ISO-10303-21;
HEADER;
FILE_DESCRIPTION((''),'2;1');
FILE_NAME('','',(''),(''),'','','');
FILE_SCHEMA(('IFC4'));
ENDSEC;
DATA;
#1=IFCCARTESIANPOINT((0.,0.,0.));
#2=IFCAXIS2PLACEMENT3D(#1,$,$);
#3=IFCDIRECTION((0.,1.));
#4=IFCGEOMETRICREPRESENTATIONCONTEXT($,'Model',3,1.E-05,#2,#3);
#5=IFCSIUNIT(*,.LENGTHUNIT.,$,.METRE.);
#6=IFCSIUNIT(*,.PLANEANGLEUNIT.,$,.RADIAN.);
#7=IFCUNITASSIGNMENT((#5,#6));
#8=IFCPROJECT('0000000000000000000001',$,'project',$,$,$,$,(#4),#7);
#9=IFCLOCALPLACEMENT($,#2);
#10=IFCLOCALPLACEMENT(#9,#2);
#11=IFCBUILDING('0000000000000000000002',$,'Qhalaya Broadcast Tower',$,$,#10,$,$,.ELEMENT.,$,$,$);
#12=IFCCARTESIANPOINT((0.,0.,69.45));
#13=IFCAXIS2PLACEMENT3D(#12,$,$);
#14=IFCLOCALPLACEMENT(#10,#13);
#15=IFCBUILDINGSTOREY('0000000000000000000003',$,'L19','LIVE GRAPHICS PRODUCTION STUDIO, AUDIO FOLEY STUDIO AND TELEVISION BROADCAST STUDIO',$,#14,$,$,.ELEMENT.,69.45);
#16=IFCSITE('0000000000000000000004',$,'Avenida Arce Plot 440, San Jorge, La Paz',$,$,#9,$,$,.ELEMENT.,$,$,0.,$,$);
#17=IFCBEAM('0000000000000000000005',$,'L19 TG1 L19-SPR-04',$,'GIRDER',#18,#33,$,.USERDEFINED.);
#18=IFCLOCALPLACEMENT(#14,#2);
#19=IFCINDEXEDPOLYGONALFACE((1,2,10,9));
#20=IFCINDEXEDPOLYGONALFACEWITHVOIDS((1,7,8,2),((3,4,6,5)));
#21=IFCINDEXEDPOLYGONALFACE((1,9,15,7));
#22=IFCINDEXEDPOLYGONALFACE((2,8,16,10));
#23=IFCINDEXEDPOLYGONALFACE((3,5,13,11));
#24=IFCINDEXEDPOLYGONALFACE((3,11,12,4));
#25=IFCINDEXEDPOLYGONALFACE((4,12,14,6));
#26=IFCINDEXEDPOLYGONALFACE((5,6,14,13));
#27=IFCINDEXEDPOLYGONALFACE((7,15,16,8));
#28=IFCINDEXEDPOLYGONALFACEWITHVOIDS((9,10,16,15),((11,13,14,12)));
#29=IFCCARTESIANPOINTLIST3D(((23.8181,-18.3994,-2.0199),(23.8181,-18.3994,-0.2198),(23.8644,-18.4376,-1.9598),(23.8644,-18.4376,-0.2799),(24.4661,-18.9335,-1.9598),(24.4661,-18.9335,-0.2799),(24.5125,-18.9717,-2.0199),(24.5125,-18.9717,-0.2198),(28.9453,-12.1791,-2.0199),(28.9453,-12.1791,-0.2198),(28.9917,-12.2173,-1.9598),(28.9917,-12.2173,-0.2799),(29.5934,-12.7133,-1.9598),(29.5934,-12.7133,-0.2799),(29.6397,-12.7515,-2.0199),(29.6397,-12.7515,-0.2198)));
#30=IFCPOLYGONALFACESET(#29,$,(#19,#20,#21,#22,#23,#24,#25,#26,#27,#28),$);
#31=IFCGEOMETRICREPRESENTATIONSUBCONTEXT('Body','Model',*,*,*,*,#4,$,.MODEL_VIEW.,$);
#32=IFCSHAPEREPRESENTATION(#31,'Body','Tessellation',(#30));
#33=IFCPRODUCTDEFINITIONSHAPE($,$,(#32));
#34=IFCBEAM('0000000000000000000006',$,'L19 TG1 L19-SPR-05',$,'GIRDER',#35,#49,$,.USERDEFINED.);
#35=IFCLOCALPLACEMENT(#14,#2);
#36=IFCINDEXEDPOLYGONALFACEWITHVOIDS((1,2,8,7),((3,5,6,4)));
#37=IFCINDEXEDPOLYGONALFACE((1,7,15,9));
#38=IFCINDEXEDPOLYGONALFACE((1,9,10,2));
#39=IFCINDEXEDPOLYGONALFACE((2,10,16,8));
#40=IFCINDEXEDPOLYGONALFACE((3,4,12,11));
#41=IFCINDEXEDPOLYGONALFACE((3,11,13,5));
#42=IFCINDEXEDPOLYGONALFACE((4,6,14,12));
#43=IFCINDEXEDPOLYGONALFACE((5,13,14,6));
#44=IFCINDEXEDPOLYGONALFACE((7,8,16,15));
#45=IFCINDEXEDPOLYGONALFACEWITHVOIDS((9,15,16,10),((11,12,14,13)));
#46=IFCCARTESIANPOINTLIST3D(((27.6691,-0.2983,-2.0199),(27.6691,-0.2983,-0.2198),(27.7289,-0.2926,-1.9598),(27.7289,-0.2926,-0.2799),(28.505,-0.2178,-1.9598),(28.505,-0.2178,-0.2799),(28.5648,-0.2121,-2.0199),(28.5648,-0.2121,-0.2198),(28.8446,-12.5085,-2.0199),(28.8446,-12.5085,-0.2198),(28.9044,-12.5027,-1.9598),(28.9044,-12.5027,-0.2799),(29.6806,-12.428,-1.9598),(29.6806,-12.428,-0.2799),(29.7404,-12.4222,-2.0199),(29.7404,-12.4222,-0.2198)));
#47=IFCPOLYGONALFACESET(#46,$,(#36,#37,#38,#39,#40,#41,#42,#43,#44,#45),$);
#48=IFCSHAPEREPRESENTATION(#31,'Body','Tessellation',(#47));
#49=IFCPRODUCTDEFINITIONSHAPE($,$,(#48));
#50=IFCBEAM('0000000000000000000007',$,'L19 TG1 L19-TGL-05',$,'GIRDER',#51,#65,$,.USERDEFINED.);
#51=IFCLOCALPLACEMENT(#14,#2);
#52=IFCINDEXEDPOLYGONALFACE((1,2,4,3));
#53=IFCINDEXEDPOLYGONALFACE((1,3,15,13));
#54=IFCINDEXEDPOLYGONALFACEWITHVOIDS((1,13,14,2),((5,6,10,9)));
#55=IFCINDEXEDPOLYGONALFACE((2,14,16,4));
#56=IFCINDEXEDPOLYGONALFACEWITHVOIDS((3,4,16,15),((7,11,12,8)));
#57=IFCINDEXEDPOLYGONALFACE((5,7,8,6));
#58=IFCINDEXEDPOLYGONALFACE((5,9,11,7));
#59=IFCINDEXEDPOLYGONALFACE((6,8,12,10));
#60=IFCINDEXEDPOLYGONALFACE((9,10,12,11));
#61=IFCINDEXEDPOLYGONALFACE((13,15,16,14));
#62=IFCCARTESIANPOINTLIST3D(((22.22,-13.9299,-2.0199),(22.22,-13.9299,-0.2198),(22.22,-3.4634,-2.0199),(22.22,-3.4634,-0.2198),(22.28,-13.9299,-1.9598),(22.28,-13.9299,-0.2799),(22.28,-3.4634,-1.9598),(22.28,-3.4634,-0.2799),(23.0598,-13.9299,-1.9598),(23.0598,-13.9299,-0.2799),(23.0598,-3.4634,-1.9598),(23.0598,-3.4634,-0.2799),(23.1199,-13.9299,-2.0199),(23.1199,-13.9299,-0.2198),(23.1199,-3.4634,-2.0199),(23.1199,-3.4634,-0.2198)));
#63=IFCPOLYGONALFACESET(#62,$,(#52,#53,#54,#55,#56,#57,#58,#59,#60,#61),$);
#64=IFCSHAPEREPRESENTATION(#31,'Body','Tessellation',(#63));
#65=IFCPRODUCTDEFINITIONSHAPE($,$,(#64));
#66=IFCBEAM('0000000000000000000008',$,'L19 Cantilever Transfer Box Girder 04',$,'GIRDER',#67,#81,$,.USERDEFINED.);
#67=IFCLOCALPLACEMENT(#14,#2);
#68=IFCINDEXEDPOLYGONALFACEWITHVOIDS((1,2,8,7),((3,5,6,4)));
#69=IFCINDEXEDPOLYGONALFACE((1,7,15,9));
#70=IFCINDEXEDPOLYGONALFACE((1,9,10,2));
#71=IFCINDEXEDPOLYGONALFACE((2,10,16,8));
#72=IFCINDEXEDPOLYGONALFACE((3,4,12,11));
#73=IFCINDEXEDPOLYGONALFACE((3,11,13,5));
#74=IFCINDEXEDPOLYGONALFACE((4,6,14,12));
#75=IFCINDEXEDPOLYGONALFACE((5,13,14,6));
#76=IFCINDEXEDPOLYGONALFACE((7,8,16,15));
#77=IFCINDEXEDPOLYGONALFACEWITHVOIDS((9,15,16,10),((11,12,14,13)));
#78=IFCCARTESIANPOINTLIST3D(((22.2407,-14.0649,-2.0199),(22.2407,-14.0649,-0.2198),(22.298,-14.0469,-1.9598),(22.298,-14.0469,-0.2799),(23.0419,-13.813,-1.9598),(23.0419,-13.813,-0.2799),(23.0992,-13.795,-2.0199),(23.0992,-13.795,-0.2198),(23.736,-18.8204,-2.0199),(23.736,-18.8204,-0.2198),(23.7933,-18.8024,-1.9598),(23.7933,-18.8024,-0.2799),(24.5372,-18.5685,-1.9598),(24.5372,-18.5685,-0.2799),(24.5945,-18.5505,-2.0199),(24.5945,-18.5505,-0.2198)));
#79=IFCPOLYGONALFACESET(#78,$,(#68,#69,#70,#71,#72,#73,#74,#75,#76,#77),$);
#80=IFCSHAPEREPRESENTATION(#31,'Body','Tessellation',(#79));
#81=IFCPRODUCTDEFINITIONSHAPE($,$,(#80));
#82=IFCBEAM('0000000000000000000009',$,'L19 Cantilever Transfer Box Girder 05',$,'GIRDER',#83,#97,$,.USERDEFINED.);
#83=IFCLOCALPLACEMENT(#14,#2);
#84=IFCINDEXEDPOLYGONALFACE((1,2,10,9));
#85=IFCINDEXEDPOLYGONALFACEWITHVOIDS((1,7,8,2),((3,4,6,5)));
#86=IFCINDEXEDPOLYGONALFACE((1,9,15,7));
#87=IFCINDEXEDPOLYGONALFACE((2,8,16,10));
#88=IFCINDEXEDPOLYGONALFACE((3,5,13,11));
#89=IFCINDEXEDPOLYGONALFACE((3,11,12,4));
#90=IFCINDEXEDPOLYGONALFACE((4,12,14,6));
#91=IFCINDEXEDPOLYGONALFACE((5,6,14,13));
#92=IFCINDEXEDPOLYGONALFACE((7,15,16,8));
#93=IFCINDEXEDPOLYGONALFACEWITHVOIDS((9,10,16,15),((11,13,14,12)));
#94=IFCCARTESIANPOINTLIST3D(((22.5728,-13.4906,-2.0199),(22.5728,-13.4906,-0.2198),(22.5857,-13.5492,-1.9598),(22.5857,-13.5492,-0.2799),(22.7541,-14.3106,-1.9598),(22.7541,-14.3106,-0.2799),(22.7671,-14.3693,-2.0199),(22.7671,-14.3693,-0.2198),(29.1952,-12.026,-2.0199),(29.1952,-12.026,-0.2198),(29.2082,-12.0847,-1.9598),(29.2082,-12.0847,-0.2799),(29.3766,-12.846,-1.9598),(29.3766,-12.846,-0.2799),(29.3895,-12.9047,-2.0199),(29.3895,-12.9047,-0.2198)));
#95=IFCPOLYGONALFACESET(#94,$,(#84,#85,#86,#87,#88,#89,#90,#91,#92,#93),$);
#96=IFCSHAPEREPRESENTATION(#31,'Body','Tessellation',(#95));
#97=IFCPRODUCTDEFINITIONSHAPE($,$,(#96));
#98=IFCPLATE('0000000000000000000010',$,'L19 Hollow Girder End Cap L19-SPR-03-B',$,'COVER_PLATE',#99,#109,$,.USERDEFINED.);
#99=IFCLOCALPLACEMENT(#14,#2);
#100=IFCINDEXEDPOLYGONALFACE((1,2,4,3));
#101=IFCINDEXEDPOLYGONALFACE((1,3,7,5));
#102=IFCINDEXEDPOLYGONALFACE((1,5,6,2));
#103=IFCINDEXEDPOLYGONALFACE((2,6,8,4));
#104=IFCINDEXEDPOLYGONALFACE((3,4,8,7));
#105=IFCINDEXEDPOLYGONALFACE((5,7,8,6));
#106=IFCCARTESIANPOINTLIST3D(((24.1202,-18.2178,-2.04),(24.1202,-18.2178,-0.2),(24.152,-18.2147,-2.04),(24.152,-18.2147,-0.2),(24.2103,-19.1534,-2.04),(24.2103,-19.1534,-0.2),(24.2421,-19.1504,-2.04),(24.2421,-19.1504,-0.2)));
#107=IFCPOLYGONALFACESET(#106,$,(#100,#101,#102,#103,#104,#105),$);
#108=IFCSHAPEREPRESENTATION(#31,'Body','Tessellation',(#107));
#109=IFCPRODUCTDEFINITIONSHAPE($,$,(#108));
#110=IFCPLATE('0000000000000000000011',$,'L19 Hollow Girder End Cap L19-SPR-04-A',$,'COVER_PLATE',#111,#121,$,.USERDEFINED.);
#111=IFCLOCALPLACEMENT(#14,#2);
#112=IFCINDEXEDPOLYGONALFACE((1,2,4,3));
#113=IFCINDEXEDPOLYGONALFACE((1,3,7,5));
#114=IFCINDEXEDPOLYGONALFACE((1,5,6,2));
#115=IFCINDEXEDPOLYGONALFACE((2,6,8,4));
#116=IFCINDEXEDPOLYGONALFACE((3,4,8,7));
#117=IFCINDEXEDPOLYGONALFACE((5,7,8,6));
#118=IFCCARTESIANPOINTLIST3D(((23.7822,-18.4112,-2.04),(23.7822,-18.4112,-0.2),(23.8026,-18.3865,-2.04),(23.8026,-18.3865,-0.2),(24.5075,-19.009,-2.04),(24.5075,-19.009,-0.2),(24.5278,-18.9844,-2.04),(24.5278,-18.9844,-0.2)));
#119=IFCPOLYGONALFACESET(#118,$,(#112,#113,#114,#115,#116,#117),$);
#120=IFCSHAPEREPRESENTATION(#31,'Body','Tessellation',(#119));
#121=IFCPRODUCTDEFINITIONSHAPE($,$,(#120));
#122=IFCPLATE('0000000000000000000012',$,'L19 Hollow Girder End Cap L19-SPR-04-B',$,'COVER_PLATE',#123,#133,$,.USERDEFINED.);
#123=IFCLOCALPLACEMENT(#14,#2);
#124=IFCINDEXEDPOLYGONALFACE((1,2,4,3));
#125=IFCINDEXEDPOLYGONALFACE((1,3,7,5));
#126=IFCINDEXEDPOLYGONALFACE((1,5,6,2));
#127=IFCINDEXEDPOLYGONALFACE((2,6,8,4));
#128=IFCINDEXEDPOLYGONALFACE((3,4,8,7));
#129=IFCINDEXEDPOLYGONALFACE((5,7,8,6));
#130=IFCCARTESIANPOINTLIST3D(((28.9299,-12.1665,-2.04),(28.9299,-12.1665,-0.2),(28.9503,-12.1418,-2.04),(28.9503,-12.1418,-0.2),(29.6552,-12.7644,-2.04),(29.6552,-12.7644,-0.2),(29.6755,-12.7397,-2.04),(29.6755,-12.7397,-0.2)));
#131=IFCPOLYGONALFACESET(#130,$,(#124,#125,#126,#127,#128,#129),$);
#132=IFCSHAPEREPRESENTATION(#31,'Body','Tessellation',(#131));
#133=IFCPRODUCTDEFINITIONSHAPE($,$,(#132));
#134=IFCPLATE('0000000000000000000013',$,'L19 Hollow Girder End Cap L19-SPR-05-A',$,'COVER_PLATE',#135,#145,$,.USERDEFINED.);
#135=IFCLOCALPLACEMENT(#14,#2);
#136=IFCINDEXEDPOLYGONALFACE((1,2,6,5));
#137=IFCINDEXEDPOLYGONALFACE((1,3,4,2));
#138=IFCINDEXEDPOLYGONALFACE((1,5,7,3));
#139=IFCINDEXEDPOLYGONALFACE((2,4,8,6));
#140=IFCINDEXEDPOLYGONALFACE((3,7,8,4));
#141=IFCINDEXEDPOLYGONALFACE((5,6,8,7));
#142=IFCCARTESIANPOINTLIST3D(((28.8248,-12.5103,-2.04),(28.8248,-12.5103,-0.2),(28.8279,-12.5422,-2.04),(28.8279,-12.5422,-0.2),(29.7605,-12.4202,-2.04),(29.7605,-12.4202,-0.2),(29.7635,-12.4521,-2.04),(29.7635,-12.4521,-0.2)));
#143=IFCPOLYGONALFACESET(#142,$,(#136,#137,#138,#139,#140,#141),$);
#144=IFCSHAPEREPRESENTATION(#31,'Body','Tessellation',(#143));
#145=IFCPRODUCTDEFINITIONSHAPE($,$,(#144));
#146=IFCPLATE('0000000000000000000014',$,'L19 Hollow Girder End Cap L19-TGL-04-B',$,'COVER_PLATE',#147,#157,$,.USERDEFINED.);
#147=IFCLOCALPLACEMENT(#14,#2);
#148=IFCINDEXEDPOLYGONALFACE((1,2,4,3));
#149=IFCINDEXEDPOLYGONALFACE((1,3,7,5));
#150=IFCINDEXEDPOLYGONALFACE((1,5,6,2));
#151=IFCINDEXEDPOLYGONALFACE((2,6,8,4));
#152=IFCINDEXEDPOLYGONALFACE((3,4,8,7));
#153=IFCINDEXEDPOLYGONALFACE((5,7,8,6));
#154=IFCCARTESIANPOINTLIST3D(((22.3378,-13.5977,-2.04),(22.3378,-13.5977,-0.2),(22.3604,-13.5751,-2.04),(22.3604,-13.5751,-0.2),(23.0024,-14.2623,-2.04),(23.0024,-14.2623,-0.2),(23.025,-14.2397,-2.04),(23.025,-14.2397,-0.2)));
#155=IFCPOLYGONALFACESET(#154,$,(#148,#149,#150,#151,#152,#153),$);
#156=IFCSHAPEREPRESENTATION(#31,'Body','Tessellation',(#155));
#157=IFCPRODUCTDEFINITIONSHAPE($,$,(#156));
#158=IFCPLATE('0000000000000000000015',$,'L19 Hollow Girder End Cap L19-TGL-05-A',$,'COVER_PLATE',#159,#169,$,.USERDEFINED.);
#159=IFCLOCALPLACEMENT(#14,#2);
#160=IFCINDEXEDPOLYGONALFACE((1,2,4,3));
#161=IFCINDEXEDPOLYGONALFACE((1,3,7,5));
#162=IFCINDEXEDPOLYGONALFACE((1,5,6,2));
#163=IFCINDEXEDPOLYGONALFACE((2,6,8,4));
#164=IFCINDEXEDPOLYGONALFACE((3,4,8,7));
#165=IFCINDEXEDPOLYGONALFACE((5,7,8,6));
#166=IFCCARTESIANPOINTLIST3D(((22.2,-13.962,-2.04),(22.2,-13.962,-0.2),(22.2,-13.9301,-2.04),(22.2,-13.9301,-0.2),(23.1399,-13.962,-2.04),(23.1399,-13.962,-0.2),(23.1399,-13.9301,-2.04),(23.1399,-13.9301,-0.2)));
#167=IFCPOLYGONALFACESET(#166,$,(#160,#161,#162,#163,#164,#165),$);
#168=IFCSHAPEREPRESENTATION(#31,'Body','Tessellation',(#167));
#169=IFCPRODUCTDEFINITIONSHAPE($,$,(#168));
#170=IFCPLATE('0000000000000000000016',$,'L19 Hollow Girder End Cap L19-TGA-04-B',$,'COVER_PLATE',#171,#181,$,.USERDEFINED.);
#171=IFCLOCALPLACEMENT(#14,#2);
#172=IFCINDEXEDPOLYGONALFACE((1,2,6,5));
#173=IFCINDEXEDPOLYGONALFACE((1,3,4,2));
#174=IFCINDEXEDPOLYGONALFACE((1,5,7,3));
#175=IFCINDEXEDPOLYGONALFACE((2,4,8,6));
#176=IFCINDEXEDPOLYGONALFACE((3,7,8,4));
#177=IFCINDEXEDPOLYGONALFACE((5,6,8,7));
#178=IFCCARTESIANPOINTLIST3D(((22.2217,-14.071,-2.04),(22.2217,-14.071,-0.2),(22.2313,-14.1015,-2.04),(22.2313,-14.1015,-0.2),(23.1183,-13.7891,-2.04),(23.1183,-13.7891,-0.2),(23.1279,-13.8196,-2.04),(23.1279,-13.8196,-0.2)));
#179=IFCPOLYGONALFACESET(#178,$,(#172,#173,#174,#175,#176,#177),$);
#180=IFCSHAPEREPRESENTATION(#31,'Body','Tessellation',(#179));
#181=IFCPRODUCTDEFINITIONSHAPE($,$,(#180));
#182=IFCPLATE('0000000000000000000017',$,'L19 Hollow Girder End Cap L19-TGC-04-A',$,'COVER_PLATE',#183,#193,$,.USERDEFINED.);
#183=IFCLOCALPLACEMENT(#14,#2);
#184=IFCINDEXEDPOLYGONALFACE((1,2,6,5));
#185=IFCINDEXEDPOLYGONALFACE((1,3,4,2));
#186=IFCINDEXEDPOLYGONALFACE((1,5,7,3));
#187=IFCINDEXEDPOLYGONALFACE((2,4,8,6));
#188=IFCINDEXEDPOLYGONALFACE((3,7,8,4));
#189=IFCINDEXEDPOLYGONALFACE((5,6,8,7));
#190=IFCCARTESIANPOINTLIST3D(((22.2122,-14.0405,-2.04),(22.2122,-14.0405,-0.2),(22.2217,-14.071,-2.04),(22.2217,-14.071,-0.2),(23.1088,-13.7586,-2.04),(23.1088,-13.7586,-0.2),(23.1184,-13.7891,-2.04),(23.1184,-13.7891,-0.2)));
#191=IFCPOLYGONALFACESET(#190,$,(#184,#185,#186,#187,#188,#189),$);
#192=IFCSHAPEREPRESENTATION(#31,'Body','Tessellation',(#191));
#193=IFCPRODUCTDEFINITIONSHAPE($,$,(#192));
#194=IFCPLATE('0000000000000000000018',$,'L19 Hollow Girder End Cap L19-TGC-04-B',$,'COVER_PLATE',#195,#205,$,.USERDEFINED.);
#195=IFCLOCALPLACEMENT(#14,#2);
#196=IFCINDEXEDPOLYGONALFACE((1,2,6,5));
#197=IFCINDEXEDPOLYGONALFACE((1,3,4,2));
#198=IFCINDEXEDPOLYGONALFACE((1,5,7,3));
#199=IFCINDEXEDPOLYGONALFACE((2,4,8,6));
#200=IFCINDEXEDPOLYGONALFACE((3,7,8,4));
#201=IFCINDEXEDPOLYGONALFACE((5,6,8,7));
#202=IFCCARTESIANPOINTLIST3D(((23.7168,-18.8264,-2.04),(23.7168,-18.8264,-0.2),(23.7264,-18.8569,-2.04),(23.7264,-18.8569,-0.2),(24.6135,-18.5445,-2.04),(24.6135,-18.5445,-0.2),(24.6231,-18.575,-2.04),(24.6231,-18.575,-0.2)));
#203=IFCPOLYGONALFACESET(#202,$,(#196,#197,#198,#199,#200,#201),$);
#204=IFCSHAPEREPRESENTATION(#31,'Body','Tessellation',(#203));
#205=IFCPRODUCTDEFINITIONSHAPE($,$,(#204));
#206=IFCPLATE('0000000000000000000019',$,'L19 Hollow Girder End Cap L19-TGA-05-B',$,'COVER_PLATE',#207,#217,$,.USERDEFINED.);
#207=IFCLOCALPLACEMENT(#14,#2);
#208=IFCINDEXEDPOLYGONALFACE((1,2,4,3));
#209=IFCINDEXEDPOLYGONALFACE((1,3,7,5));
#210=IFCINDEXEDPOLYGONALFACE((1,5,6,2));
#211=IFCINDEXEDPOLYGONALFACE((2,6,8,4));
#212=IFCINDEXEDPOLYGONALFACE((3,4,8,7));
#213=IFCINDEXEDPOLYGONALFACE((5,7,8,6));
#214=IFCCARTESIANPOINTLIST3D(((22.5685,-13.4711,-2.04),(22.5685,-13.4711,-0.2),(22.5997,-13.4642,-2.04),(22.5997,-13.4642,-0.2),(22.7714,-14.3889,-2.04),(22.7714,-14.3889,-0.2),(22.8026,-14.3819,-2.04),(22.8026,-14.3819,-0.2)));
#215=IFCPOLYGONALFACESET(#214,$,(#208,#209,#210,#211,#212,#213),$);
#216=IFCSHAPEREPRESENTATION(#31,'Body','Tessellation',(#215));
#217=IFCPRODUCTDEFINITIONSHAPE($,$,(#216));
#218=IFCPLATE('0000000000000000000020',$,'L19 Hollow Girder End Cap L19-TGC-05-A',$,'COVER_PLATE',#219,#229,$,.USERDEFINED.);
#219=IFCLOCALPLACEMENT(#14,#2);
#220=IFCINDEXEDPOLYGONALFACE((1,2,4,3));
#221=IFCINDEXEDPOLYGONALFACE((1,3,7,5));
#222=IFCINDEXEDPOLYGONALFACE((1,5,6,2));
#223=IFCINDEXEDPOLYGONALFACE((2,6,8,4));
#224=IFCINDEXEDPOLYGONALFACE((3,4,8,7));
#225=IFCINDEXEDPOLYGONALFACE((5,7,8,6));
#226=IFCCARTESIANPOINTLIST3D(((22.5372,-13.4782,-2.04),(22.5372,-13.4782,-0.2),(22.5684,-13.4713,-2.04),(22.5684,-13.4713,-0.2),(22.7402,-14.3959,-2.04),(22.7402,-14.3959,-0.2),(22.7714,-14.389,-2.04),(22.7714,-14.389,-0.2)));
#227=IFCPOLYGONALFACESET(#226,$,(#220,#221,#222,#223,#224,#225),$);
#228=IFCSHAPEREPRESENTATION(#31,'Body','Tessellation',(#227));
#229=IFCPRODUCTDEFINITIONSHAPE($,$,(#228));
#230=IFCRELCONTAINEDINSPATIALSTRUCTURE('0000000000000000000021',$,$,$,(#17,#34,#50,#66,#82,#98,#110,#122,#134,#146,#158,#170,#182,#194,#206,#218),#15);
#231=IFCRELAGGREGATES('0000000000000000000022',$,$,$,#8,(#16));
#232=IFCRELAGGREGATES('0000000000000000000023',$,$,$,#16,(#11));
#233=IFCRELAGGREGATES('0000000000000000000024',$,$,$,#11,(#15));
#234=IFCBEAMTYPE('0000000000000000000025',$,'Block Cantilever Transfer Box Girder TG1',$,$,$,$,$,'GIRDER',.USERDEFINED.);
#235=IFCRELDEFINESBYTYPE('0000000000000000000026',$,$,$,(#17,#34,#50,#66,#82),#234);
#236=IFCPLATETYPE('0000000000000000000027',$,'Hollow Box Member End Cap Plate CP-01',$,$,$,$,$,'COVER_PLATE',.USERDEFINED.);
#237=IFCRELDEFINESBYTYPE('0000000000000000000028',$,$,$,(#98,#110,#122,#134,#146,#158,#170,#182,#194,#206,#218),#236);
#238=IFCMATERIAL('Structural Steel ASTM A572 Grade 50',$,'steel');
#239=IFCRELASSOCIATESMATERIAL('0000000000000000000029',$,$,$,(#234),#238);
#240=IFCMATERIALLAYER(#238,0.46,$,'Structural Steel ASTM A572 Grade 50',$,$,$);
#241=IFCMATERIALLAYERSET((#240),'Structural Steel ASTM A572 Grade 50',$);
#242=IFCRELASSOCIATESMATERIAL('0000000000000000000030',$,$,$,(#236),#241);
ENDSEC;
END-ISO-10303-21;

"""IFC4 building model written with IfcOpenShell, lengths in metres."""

from ifc_helpers import new_model, si_unit, direction, frame, origin, origin_2d, place, context, subcontext, project, spatial, rectangle, hollow_rectangle, extrude, material, layer, layer_set, material_profile, profile_set, type_object, element, save


model = new_model("IFC4")

# Units and contexts
model_context = context("Model", 3, precision=1e-05, world=origin(), true_north=direction((0.0, 1.0)))
body_context = subcontext(model_context, "Body", "Model", "MODEL_VIEW")
ifc_project = project(units=[si_unit("LENGTHUNIT", "METRE"), si_unit("PLANEANGLEUNIT", "RADIAN")], contexts=[model_context])

# Site, building, storey
site_placement = place(None, origin())
site = spatial("IfcSite", under=ifc_project, at=site_placement, Name="Avenida Arce Plot 440, San Jorge, La Paz", CompositionType="ELEMENT", RefElevation=0.0)
building_placement = place(site_placement, origin())
building = spatial("IfcBuilding", under=site, at=building_placement, Name="Qhalaya Broadcast Tower", CompositionType="ELEMENT")
storey_placement = place(building_placement, frame((0.0, 0.0, 69.45)))
storey = spatial("IfcBuildingStorey", under=building, at=storey_placement, Name="L19", Description="LIVE GRAPHICS PRODUCTION STUDIO, AUDIO FOLEY STUDIO AND TELEVISION BROADCAST STUDIO", CompositionType="ELEMENT", Elevation=69.45)

# Beams
ifc_material = material(Name="Structural Steel ASTM A572 Grade 50", Category="steel")
ifc_material_profile = material_profile(ifc_material, hollow_rectangle(XDim=0.8999, YDim=1.8, WallThickness=0.0601, at=origin_2d()), Name="BOX 900x1800x60")
ifc_profile_set = profile_set([ifc_material_profile], Name="Structural Steel ASTM A572 Grade 50")
beam_type = type_object("IfcBeamType", Name="Block Cantilever Transfer Box Girder TG1", ElementType="GIRDER", PredefinedType="USERDEFINED", material=ifc_profile_set)
beam_1_placement = place(storey_placement, frame((24.1653, -18.6855, -1.1199), z_axis=(0.636052, 0.771646, 0.0), x_axis=(-0.771646, 0.636052, 0.0)))
element("IfcBeam", 1, at=beam_1_placement, inside=storey, type_object=beam_type, Name="L19 TG1 L19-SPR-04", ObjectType="GIRDER", PredefinedType="USERDEFINED", context=body_context, shape_type="SweptSolid", body=[
    extrude(hollow_rectangle(XDim=0.8999, YDim=1.8, WallThickness=0.0601, at=origin_2d()), origin(), (0.0, 0.0, 1.0), 8.061),
])
beam_2_placement = place(storey_placement, frame((29.2925, -12.4653, -1.1199), z_axis=(-0.095832, 0.995398, 0.0), x_axis=(-0.995398, -0.095832, 0.0)))
element("IfcBeam", 2, at=beam_2_placement, inside=storey, type_object=beam_type, Name="L19 TG1 L19-SPR-05", ObjectType="GIRDER", PredefinedType="USERDEFINED", context=body_context, shape_type="SweptSolid", body=[
    extrude(hollow_rectangle(XDim=0.8999, YDim=1.8, WallThickness=0.0601, at=origin_2d()), origin(), (0.0, 0.0, 1.0), 12.2666),
])
beam_3_placement = place(storey_placement, frame((22.6699, -13.9299, -1.1199), z_axis=(0.0, 1.0, 0.0), x_axis=(-1.0, 0.0, 0.0)))
element("IfcBeam", 3, at=beam_3_placement, inside=storey, type_object=beam_type, Name="L19 TG1 L19-TGL-05", ObjectType="GIRDER", PredefinedType="USERDEFINED", context=body_context, shape_type="SweptSolid", body=[
    extrude(hollow_rectangle(XDim=0.8999, YDim=1.8, WallThickness=0.0601, at=origin_2d()), origin(), (0.0, 0.0, 1.0), 10.4666),
])
beam_4_placement = place(storey_placement, frame((22.6699, -13.9299, -1.1199), z_axis=(0.299962, -0.953951, 0.0), x_axis=(0.953951, 0.299962, 0.0)))
element("IfcBeam", 4, at=beam_4_placement, inside=storey, type_object=beam_type, Name="L19 Cantilever Transfer Box Girder 04", ObjectType="GIRDER", PredefinedType="USERDEFINED", context=body_context, shape_type="SweptSolid", body=[
    extrude(hollow_rectangle(XDim=0.8999, YDim=1.8, WallThickness=0.0601, at=origin_2d()), origin(), (0.0, 0.0, 1.0), 4.9851),
])
beam_5_placement = place(storey_placement, frame((22.6699, -13.9299, -1.1199), z_axis=(0.976408, 0.215936, 0.0), x_axis=(-0.215936, 0.976408, 0.0)))
element("IfcBeam", 5, at=beam_5_placement, inside=storey, type_object=beam_type, Name="L19 Cantilever Transfer Box Girder 05", ObjectType="GIRDER", PredefinedType="USERDEFINED", context=body_context, shape_type="SweptSolid", body=[
    extrude(hollow_rectangle(XDim=0.8999, YDim=1.8, WallThickness=0.0601, at=origin_2d()), origin(), (0.0, 0.0, 1.0), 6.7825),
])

# Plates
ifc_layer_1 = layer(ifc_material, 0.46, Name="Structural Steel ASTM A572 Grade 50")
ifc_layer_set_1 = layer_set([ifc_layer_1], Name="Structural Steel ASTM A572 Grade 50")
plate_type_1 = type_object("IfcPlateType", Name="Hollow Box Member End Cap Plate CP-01", ElementType="COVER_PLATE", PredefinedType="USERDEFINED", material=ifc_layer_set_1)
for number, where, z_axis, x_axis, name in (
    (6, (24.1812, -18.6841, -2.04), (0.0, 0.0, 1.0), (-0.095846, 0.995396, 0.0), "L19 Hollow Girder End Cap L19-SPR-03-B"),
    (7, (24.155, -18.6978, -2.04), (0.0, 0.0, 1.0), (-0.771625, 0.636078, 0.0), "L19 Hollow Girder End Cap L19-SPR-04-A"),
    (8, (29.3027, -12.4531, -2.04), (0.0, 0.0, 1.0), (-0.771625, 0.636078, 0.0), "L19 Hollow Girder End Cap L19-SPR-04-B"),
    (9, (29.2942, -12.4812, -2.04), (0.0, 0.0, 1.0), (-0.995396, -0.095846, 0.0), "L19 Hollow Girder End Cap L19-SPR-05-A"),
    (10, (22.6814, -13.9187, -2.04), (0.0, 0.0, 1.0), (-0.707107, 0.707107, 0.0), "L19 Hollow Girder End Cap L19-TGL-04-B"),
    (11, (22.6699, -13.946, -2.04), (0.0, 0.0, 1.0), (-1.0, 0.0, 0.0), "L19 Hollow Girder End Cap L19-TGL-05-A"),
    (12, (22.6748, -13.9453, -2.04), (0.0, 0.0, 1.0), (0.953958, 0.29994, 0.0), "L19 Hollow Girder End Cap L19-TGA-04-B"),
    (13, (22.6653, -13.9148, -2.04), (0.0, 0.0, 1.0), (0.953958, 0.29994, 0.0), "L19 Hollow Girder End Cap L19-TGC-04-A"),
    (14, (24.1699, -18.7007, -2.04), (0.0, 0.0, 1.0), (0.953958, 0.29994, 0.0), "L19 Hollow Girder End Cap L19-TGC-04-B"),
    (15, (22.6855, -13.9265, -2.04), (0.0, 0.0, 1.0), (-0.215928, 0.976409, 0.0), "L19 Hollow Girder End Cap L19-TGA-05-B"),
    (16, (22.6543, -13.9336, -2.04), (0.0, 0.0, 1.0), (-0.215928, 0.976409, 0.0), "L19 Hollow Girder End Cap L19-TGC-05-A"),
):
    element("IfcPlate", number, at=place(storey_placement, frame(where, z_axis=z_axis, x_axis=x_axis)), inside=storey, type_object=plate_type_1, Name=name, ObjectType="COVER_PLATE", PredefinedType="USERDEFINED", context=body_context, shape_type="SweptSolid", body=[
        extrude(rectangle(XDim=0.9399, YDim=0.032, at=origin_2d()), origin(), (0.0, 0.0, 1.0), 1.8401),
    ])

save(model, "model.ifc")
